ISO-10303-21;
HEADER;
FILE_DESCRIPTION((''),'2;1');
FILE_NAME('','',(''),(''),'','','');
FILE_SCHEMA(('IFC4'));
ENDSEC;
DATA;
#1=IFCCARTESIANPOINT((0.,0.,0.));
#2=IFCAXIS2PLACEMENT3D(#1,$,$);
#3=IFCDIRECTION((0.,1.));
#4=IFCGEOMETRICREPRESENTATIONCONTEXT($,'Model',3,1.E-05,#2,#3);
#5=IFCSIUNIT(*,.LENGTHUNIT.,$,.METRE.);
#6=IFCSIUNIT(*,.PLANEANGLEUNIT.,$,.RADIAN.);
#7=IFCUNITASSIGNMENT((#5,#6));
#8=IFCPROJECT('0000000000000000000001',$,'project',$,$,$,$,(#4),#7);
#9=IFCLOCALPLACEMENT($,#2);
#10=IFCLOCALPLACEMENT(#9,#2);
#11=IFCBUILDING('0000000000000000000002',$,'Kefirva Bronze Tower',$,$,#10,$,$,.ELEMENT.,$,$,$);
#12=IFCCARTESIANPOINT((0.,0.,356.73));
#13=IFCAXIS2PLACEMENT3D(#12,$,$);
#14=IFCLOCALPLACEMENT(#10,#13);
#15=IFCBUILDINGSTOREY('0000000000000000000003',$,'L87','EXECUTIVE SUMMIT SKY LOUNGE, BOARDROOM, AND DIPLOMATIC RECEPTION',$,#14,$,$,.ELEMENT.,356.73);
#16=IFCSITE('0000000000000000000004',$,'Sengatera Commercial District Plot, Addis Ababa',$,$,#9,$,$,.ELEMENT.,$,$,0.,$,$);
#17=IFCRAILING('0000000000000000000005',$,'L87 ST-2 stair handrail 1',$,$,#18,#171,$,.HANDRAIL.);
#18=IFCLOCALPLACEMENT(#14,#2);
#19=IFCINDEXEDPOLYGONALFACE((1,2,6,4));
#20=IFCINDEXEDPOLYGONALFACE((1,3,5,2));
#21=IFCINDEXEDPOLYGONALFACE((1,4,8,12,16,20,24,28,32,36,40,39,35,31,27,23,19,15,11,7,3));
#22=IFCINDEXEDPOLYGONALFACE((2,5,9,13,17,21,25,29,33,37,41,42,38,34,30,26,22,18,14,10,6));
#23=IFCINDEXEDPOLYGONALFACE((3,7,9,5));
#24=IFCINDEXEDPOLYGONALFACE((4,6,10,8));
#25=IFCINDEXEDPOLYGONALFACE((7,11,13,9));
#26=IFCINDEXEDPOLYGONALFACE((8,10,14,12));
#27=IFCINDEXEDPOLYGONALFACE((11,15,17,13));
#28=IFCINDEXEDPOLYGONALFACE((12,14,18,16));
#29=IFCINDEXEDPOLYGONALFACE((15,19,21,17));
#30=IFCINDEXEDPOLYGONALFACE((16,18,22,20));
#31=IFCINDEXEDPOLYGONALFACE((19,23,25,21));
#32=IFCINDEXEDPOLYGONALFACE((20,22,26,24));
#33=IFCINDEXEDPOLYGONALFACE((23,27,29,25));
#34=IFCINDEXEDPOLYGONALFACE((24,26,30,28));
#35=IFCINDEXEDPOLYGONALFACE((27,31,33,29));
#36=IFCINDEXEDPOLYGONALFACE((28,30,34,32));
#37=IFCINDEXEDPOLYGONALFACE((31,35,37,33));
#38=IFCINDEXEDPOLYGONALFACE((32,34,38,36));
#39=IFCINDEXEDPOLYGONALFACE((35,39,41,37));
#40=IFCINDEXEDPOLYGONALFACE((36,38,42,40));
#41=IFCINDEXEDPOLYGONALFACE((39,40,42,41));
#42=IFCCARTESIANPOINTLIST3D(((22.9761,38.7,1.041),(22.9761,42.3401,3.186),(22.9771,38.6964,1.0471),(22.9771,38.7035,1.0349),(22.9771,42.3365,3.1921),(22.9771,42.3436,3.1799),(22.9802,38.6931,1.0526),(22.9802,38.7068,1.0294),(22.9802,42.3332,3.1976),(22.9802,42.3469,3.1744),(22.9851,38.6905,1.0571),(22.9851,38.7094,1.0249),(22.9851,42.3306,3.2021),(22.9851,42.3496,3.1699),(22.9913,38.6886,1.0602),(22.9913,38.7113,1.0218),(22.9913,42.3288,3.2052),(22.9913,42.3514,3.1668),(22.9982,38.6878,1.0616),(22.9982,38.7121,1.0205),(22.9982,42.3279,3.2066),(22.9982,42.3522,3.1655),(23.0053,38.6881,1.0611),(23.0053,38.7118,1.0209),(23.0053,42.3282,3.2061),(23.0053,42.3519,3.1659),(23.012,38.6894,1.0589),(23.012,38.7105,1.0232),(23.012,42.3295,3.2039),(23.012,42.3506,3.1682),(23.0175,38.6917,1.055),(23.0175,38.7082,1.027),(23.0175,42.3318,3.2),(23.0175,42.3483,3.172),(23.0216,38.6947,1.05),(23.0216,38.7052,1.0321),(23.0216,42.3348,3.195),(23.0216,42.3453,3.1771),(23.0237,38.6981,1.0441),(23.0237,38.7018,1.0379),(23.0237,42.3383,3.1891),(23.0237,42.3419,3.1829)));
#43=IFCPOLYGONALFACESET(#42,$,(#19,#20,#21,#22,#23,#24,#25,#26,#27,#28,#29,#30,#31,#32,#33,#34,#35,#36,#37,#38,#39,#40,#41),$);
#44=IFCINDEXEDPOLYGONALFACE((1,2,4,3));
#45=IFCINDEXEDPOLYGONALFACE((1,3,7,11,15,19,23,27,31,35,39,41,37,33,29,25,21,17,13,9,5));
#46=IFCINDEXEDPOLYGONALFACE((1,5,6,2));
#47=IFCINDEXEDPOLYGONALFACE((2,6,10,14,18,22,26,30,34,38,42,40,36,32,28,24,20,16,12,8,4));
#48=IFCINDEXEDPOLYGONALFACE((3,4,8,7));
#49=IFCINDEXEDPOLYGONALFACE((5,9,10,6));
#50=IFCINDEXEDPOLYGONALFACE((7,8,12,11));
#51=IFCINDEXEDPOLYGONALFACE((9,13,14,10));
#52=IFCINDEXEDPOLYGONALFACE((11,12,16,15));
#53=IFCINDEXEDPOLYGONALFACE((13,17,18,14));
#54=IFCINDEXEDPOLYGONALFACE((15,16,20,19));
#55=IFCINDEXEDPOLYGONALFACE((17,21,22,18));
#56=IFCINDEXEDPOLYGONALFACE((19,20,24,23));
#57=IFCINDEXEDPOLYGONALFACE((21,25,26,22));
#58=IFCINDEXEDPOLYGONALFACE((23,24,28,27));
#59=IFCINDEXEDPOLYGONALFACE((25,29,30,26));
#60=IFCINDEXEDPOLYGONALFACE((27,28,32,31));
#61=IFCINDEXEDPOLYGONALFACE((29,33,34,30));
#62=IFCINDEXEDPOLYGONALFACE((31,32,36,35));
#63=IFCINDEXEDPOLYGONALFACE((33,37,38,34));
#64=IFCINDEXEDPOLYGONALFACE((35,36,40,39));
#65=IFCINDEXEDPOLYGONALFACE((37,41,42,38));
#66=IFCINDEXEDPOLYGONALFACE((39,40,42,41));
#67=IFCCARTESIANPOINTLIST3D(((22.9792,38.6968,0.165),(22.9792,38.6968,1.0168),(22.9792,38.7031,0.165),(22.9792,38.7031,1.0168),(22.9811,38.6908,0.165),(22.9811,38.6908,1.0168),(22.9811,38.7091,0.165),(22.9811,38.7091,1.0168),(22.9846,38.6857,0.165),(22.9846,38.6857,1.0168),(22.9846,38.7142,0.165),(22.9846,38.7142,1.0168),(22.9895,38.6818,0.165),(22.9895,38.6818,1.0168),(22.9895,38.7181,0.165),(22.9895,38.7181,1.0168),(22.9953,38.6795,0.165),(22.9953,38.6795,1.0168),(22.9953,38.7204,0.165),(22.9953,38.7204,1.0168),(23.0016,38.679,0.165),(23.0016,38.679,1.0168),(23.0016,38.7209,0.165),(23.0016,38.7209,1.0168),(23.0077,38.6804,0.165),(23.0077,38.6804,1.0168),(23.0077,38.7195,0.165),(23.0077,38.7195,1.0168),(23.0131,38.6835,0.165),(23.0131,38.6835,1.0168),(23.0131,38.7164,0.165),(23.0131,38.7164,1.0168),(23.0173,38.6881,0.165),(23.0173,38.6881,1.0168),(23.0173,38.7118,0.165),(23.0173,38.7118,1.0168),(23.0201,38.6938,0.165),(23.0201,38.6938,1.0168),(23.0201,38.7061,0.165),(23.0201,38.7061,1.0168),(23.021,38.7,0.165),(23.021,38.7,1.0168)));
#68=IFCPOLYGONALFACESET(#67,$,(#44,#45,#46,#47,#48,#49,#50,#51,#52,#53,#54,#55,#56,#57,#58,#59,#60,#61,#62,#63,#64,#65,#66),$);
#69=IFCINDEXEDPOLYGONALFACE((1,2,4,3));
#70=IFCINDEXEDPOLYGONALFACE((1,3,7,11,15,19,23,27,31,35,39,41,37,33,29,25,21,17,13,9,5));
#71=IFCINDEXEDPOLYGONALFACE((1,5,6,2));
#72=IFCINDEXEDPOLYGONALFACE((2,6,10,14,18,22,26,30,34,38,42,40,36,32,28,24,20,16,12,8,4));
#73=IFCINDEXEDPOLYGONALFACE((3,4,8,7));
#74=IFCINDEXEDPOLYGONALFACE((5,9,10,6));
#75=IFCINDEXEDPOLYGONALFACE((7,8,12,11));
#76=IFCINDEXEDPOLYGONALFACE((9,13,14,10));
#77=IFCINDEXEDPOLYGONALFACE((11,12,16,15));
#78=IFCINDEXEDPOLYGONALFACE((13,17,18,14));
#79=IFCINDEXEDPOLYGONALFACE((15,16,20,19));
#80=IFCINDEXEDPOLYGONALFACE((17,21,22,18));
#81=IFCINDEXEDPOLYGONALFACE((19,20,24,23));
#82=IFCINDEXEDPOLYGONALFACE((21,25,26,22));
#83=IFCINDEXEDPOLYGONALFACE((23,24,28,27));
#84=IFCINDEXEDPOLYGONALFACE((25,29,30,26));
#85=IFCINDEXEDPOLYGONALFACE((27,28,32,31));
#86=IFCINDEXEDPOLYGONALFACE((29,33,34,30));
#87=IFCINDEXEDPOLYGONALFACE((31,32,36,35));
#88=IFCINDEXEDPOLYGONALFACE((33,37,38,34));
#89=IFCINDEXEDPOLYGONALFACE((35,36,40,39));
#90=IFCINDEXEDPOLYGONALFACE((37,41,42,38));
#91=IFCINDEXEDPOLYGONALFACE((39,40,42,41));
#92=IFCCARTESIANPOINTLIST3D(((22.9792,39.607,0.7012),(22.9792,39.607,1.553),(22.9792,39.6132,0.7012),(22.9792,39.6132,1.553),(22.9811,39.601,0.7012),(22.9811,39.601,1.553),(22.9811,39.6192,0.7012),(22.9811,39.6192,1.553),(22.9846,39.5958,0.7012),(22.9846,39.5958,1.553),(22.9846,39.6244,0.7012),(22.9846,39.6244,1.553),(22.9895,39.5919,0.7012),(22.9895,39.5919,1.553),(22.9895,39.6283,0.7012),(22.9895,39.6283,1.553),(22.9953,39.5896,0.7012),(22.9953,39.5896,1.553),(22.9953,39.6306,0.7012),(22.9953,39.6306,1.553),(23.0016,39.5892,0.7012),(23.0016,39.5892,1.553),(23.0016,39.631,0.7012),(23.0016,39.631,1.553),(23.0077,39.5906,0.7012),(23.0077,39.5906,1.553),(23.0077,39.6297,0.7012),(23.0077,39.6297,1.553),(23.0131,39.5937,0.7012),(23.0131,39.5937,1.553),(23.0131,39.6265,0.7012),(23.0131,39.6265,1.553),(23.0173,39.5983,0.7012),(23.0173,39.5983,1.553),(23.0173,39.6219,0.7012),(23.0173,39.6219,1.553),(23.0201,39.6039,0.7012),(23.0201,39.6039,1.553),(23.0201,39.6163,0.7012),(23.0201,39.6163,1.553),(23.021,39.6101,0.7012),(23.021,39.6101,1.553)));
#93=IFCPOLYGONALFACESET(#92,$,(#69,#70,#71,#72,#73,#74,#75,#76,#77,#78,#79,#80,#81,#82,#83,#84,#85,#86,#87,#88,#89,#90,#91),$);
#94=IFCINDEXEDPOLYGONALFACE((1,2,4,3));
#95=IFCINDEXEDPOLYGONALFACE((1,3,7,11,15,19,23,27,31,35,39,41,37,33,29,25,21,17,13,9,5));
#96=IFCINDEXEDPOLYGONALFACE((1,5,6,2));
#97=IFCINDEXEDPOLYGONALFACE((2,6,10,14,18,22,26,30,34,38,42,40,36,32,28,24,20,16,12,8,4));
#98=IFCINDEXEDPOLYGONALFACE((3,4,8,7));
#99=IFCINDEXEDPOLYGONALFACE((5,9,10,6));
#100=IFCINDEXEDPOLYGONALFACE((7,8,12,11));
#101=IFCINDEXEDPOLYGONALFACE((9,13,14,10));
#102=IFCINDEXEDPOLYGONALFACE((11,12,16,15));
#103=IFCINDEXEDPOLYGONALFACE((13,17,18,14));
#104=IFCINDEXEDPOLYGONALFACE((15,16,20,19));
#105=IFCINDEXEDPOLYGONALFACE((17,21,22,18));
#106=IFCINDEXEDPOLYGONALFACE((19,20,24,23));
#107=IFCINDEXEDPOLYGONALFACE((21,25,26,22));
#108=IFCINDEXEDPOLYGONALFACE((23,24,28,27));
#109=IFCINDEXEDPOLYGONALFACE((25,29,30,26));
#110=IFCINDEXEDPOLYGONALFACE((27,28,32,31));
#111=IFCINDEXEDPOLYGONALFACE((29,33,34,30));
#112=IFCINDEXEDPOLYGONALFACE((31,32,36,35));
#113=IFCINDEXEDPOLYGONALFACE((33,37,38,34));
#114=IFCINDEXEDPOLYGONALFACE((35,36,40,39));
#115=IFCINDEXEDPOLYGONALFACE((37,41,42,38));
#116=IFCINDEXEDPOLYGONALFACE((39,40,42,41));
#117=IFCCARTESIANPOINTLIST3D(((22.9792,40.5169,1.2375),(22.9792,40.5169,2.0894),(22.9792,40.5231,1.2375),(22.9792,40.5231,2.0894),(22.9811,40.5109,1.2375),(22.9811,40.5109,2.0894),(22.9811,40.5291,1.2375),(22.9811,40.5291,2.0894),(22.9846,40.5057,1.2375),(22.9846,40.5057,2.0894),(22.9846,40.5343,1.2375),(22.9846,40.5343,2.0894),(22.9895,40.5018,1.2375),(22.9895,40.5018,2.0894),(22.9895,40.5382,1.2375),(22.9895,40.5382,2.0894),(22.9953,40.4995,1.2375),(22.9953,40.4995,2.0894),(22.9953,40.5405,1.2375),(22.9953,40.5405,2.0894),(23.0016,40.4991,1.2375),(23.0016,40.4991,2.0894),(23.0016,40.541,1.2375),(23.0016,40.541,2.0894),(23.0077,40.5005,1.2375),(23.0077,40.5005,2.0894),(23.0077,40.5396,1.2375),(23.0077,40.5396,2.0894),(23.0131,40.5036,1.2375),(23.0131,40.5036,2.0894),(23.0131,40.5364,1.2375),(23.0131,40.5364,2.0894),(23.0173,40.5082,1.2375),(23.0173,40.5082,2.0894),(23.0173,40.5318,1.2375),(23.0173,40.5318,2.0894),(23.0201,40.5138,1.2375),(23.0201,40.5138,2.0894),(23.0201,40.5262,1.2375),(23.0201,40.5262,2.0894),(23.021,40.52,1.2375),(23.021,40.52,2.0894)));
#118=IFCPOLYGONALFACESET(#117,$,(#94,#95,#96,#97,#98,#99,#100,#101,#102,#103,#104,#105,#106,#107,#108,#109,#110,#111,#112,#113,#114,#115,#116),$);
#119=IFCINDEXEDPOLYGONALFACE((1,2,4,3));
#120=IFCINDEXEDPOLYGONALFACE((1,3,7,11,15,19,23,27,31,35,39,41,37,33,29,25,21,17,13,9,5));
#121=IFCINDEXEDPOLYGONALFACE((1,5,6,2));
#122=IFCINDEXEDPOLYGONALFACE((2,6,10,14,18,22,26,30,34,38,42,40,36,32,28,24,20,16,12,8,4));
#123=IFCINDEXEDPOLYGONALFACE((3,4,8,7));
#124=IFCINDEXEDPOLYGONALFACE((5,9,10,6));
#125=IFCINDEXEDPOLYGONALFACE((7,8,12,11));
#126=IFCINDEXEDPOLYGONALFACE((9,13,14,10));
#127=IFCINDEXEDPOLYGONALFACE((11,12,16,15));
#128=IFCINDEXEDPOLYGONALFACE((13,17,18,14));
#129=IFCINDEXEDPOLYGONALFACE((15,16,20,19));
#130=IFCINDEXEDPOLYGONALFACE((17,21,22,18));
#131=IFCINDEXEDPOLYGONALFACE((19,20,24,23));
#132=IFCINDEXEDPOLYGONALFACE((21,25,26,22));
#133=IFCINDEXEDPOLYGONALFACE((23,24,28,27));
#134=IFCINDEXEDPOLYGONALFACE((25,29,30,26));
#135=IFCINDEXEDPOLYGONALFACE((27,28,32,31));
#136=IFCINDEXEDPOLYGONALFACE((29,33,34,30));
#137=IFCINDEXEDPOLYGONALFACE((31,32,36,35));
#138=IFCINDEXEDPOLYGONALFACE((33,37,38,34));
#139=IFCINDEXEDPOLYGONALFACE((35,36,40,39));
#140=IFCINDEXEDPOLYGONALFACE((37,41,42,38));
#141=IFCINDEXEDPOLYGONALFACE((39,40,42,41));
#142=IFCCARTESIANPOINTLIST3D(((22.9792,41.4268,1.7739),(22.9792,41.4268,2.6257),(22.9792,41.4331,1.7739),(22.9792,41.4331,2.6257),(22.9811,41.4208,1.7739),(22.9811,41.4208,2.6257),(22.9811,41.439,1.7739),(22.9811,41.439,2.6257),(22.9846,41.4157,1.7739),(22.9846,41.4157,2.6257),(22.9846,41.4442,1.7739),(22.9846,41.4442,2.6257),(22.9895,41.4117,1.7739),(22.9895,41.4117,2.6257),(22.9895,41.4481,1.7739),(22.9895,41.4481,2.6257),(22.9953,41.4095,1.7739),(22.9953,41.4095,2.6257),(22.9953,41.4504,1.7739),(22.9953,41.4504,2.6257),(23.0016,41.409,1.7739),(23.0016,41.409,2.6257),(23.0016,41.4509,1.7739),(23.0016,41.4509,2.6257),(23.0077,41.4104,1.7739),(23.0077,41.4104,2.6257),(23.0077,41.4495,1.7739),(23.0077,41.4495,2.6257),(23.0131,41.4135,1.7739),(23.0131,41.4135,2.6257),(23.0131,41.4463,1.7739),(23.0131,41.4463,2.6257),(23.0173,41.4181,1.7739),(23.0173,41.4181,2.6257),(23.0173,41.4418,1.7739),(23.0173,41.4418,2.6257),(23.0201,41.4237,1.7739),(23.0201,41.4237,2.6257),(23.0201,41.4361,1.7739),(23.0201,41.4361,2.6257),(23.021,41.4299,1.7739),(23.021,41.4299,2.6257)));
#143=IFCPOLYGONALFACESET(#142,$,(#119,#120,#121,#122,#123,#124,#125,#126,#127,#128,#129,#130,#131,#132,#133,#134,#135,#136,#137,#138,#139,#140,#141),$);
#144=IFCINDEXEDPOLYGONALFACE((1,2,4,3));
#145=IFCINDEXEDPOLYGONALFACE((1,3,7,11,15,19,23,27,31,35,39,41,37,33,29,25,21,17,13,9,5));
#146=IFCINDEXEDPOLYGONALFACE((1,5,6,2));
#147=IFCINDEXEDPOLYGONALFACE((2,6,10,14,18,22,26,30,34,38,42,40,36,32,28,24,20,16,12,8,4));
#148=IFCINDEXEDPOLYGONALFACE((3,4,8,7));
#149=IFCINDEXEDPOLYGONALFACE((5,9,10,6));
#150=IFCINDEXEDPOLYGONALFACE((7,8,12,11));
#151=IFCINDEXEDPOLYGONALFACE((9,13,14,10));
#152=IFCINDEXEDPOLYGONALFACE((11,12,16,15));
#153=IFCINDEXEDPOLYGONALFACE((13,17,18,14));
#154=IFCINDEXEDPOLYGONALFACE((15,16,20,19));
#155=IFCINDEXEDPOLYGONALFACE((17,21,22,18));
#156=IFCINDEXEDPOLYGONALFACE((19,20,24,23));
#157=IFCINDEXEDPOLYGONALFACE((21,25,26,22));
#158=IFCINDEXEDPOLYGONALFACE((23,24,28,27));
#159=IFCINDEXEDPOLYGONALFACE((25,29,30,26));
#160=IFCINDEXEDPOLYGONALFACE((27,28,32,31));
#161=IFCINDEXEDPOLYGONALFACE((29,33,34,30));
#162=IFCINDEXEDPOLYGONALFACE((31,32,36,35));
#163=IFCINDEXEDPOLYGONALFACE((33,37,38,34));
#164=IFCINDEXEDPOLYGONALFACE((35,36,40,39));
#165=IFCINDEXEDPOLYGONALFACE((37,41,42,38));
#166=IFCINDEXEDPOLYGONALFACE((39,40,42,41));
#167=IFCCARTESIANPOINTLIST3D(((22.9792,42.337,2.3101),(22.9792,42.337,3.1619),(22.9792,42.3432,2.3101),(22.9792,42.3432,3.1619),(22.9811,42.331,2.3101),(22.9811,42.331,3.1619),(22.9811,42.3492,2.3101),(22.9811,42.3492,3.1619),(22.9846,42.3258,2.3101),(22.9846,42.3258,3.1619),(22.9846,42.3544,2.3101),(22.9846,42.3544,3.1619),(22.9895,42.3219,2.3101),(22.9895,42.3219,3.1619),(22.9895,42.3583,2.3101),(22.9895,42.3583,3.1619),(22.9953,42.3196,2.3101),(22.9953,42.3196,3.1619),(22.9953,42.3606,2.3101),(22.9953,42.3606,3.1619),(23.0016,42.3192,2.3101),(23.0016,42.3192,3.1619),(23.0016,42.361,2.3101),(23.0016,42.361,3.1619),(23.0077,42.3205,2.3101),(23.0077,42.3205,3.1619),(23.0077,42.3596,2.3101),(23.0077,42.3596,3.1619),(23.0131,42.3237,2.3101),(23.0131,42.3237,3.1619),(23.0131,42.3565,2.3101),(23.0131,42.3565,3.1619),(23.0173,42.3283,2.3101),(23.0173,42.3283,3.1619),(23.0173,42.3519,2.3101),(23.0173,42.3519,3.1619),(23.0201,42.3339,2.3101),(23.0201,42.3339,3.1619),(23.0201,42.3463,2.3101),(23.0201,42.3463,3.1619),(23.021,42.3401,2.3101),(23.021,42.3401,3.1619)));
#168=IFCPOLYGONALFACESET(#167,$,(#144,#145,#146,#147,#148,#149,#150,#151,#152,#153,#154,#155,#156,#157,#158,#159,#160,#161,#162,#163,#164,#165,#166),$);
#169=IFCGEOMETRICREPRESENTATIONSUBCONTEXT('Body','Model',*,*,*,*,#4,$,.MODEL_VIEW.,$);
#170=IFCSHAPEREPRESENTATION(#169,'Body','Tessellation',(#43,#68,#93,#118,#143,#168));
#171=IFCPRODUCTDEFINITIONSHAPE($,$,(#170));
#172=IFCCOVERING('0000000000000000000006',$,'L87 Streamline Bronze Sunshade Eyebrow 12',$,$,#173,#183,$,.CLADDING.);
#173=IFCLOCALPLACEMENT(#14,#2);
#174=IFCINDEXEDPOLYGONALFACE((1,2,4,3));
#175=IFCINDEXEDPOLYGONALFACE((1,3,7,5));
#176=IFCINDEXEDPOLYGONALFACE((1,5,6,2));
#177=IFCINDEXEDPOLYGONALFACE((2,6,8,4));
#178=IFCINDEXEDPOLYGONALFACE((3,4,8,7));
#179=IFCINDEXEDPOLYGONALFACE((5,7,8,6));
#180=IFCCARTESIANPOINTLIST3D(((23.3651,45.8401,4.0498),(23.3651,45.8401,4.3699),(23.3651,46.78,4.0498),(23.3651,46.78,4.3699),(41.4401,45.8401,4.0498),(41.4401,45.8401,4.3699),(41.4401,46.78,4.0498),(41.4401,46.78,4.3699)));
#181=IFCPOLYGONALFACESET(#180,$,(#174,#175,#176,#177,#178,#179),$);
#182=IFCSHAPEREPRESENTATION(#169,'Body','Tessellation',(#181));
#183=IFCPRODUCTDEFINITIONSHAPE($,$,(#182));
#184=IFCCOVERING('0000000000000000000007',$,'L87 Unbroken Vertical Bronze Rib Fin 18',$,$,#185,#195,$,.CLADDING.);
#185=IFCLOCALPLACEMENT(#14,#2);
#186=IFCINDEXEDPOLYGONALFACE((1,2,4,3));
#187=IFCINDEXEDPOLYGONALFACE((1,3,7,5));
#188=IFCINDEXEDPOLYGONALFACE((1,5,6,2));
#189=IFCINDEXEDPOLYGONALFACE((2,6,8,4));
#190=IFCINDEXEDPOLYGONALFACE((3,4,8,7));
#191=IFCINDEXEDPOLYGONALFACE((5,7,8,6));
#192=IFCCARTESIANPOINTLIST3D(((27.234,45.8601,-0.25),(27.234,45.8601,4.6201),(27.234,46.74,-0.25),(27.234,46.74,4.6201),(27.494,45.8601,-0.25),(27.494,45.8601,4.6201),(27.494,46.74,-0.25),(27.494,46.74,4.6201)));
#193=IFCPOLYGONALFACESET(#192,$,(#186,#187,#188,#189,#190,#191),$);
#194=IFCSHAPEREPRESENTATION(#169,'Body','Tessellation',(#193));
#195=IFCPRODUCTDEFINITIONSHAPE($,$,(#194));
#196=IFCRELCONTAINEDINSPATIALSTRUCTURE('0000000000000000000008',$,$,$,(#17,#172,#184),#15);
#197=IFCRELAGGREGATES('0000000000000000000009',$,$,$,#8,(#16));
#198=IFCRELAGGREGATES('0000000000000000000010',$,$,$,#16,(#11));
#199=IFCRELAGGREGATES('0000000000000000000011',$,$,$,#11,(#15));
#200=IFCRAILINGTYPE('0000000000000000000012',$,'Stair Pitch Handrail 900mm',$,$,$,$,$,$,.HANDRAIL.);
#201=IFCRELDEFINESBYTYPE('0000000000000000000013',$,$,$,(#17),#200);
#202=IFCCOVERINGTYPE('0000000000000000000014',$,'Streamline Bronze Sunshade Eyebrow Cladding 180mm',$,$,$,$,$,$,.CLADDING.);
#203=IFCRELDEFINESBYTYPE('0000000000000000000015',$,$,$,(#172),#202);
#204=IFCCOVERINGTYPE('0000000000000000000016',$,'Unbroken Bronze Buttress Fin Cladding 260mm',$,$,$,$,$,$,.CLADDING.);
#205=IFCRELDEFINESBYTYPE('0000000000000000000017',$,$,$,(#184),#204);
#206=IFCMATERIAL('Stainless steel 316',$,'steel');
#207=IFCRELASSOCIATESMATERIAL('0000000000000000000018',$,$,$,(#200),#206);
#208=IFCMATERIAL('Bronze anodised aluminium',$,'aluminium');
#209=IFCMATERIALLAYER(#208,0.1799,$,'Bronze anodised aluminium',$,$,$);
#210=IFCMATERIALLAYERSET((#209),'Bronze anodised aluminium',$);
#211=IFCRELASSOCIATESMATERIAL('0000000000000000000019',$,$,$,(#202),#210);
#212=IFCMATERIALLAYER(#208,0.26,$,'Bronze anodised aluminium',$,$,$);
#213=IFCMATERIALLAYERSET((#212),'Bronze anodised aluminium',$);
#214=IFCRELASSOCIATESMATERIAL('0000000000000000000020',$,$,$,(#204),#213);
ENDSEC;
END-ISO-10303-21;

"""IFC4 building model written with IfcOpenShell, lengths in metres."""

from ifc_helpers import new_model, si_unit, direction, frame, origin, origin_2d, place, context, subcontext, project, spatial, rectangle, circle, extrude, material, layer, layer_set, type_object, element, save


model = new_model("IFC4")

# Units and contexts
model_context = context("Model", 3, precision=1e-05, world=origin(), true_north=direction((0.0, 1.0)))
body_context = subcontext(model_context, "Body", "Model", "MODEL_VIEW")
ifc_project = project(units=[si_unit("LENGTHUNIT", "METRE"), si_unit("PLANEANGLEUNIT", "RADIAN")], contexts=[model_context])

# Site, building, storey
site_placement = place(None, origin())
site = spatial("IfcSite", under=ifc_project, at=site_placement, Name="Sengatera Commercial District Plot, Addis Ababa", CompositionType="ELEMENT", RefElevation=0.0)
building_placement = place(site_placement, origin())
building = spatial("IfcBuilding", under=site, at=building_placement, Name="Kefirva Bronze Tower", CompositionType="ELEMENT")
storey_placement = place(building_placement, frame((0.0, 0.0, 356.73)))
storey = spatial("IfcBuildingStorey", under=building, at=storey_placement, Name="L87", Description="EXECUTIVE SUMMIT SKY LOUNGE, BOARDROOM, AND DIPLOMATIC RECEPTION", CompositionType="ELEMENT", Elevation=356.73)

# Shared definitions
ifc_material_1 = material(Name="Bronze anodised aluminium", Category="aluminium")

# Railing
ifc_material_2 = material(Name="Stainless steel 316", Category="steel")
railing_type_1 = type_object("IfcRailingType", Name="Stair Pitch Handrail 900mm", PredefinedType="HANDRAIL", material=ifc_material_2)
railing_1_placement = place(storey_placement, frame((23.0, 38.7, 0.165)))
element("IfcRailing", 1, at=railing_1_placement, inside=storey, type_object=railing_type_1, Name="L87 ST-2 stair handrail 1", PredefinedType="HANDRAIL", context=body_context, shape_type="SweptSolid", body=[
    extrude(circle(Radius=0.0239, at=origin_2d()), frame((0.0, 0.0, 0.876), z_axis=(0.0, 0.861545, 0.507682), x_axis=(-1.0, 0.0, 0.0)), (0.0, 0.0, 1.0), 4.2251),
    extrude(circle(Radius=0.021, at=origin_2d()), origin(), (0.0, 0.0, 1.0), 0.8518),
    extrude(circle(Radius=0.021, at=origin_2d()), frame((0.0, 0.9102, 0.5361)), (0.0, 0.0, 1.0), 0.8518),
    extrude(circle(Radius=0.021, at=origin_2d()), frame((0.0, 1.8201, 1.0725)), (0.0, 0.0, 1.0), 0.8518),
    extrude(circle(Radius=0.021, at=origin_2d()), frame((0.0, 2.73, 1.6089)), (0.0, 0.0, 1.0), 0.8518),
    extrude(circle(Radius=0.021, at=origin_2d()), frame((0.0, 3.6401, 2.145)), (0.0, 0.0, 1.0), 0.8518),
])

# Coverings
ifc_layer_1 = layer(ifc_material_1, 0.1799, Name="Bronze anodised aluminium")
ifc_layer_set_1 = layer_set([ifc_layer_1], Name="Bronze anodised aluminium")
covering_type_1 = type_object("IfcCoveringType", Name="Streamline Bronze Sunshade Eyebrow Cladding 180mm", PredefinedType="CLADDING", material=ifc_layer_set_1)
covering_1_placement = place(storey_placement, frame((32.4026, 46.3101, 4.0498), z_axis=(0.0, 0.0, 1.0), x_axis=(-1.0, 0.0, 0.0)))
element("IfcCovering", 2, at=covering_1_placement, inside=storey, type_object=covering_type_1, Name="L87 Streamline Bronze Sunshade Eyebrow 12", PredefinedType="CLADDING", context=body_context, shape_type="SweptSolid", body=[
    extrude(rectangle(XDim=18.075, YDim=0.9399, at=origin_2d()), origin(), (0.0, 0.0, 1.0), 0.3201),
])
ifc_layer_2 = layer(ifc_material_1, 0.26, Name="Bronze anodised aluminium")
ifc_layer_set_2 = layer_set([ifc_layer_2], Name="Bronze anodised aluminium")
covering_type_2 = type_object("IfcCoveringType", Name="Unbroken Bronze Buttress Fin Cladding 260mm", PredefinedType="CLADDING", material=ifc_layer_set_2)
covering_2_placement = place(storey_placement, frame((27.364, 46.3, -0.25), z_axis=(0.0, 0.0, 1.0), x_axis=(-1.0, 0.0, 0.0)))
element("IfcCovering", 3, at=covering_2_placement, inside=storey, type_object=covering_type_2, Name="L87 Unbroken Vertical Bronze Rib Fin 18", PredefinedType="CLADDING", context=body_context, shape_type="SweptSolid", body=[
    extrude(rectangle(XDim=0.26, YDim=0.8799, at=origin_2d()), origin(), (0.0, 0.0, 1.0), 4.8701),
])

save(model, "model.ifc")
